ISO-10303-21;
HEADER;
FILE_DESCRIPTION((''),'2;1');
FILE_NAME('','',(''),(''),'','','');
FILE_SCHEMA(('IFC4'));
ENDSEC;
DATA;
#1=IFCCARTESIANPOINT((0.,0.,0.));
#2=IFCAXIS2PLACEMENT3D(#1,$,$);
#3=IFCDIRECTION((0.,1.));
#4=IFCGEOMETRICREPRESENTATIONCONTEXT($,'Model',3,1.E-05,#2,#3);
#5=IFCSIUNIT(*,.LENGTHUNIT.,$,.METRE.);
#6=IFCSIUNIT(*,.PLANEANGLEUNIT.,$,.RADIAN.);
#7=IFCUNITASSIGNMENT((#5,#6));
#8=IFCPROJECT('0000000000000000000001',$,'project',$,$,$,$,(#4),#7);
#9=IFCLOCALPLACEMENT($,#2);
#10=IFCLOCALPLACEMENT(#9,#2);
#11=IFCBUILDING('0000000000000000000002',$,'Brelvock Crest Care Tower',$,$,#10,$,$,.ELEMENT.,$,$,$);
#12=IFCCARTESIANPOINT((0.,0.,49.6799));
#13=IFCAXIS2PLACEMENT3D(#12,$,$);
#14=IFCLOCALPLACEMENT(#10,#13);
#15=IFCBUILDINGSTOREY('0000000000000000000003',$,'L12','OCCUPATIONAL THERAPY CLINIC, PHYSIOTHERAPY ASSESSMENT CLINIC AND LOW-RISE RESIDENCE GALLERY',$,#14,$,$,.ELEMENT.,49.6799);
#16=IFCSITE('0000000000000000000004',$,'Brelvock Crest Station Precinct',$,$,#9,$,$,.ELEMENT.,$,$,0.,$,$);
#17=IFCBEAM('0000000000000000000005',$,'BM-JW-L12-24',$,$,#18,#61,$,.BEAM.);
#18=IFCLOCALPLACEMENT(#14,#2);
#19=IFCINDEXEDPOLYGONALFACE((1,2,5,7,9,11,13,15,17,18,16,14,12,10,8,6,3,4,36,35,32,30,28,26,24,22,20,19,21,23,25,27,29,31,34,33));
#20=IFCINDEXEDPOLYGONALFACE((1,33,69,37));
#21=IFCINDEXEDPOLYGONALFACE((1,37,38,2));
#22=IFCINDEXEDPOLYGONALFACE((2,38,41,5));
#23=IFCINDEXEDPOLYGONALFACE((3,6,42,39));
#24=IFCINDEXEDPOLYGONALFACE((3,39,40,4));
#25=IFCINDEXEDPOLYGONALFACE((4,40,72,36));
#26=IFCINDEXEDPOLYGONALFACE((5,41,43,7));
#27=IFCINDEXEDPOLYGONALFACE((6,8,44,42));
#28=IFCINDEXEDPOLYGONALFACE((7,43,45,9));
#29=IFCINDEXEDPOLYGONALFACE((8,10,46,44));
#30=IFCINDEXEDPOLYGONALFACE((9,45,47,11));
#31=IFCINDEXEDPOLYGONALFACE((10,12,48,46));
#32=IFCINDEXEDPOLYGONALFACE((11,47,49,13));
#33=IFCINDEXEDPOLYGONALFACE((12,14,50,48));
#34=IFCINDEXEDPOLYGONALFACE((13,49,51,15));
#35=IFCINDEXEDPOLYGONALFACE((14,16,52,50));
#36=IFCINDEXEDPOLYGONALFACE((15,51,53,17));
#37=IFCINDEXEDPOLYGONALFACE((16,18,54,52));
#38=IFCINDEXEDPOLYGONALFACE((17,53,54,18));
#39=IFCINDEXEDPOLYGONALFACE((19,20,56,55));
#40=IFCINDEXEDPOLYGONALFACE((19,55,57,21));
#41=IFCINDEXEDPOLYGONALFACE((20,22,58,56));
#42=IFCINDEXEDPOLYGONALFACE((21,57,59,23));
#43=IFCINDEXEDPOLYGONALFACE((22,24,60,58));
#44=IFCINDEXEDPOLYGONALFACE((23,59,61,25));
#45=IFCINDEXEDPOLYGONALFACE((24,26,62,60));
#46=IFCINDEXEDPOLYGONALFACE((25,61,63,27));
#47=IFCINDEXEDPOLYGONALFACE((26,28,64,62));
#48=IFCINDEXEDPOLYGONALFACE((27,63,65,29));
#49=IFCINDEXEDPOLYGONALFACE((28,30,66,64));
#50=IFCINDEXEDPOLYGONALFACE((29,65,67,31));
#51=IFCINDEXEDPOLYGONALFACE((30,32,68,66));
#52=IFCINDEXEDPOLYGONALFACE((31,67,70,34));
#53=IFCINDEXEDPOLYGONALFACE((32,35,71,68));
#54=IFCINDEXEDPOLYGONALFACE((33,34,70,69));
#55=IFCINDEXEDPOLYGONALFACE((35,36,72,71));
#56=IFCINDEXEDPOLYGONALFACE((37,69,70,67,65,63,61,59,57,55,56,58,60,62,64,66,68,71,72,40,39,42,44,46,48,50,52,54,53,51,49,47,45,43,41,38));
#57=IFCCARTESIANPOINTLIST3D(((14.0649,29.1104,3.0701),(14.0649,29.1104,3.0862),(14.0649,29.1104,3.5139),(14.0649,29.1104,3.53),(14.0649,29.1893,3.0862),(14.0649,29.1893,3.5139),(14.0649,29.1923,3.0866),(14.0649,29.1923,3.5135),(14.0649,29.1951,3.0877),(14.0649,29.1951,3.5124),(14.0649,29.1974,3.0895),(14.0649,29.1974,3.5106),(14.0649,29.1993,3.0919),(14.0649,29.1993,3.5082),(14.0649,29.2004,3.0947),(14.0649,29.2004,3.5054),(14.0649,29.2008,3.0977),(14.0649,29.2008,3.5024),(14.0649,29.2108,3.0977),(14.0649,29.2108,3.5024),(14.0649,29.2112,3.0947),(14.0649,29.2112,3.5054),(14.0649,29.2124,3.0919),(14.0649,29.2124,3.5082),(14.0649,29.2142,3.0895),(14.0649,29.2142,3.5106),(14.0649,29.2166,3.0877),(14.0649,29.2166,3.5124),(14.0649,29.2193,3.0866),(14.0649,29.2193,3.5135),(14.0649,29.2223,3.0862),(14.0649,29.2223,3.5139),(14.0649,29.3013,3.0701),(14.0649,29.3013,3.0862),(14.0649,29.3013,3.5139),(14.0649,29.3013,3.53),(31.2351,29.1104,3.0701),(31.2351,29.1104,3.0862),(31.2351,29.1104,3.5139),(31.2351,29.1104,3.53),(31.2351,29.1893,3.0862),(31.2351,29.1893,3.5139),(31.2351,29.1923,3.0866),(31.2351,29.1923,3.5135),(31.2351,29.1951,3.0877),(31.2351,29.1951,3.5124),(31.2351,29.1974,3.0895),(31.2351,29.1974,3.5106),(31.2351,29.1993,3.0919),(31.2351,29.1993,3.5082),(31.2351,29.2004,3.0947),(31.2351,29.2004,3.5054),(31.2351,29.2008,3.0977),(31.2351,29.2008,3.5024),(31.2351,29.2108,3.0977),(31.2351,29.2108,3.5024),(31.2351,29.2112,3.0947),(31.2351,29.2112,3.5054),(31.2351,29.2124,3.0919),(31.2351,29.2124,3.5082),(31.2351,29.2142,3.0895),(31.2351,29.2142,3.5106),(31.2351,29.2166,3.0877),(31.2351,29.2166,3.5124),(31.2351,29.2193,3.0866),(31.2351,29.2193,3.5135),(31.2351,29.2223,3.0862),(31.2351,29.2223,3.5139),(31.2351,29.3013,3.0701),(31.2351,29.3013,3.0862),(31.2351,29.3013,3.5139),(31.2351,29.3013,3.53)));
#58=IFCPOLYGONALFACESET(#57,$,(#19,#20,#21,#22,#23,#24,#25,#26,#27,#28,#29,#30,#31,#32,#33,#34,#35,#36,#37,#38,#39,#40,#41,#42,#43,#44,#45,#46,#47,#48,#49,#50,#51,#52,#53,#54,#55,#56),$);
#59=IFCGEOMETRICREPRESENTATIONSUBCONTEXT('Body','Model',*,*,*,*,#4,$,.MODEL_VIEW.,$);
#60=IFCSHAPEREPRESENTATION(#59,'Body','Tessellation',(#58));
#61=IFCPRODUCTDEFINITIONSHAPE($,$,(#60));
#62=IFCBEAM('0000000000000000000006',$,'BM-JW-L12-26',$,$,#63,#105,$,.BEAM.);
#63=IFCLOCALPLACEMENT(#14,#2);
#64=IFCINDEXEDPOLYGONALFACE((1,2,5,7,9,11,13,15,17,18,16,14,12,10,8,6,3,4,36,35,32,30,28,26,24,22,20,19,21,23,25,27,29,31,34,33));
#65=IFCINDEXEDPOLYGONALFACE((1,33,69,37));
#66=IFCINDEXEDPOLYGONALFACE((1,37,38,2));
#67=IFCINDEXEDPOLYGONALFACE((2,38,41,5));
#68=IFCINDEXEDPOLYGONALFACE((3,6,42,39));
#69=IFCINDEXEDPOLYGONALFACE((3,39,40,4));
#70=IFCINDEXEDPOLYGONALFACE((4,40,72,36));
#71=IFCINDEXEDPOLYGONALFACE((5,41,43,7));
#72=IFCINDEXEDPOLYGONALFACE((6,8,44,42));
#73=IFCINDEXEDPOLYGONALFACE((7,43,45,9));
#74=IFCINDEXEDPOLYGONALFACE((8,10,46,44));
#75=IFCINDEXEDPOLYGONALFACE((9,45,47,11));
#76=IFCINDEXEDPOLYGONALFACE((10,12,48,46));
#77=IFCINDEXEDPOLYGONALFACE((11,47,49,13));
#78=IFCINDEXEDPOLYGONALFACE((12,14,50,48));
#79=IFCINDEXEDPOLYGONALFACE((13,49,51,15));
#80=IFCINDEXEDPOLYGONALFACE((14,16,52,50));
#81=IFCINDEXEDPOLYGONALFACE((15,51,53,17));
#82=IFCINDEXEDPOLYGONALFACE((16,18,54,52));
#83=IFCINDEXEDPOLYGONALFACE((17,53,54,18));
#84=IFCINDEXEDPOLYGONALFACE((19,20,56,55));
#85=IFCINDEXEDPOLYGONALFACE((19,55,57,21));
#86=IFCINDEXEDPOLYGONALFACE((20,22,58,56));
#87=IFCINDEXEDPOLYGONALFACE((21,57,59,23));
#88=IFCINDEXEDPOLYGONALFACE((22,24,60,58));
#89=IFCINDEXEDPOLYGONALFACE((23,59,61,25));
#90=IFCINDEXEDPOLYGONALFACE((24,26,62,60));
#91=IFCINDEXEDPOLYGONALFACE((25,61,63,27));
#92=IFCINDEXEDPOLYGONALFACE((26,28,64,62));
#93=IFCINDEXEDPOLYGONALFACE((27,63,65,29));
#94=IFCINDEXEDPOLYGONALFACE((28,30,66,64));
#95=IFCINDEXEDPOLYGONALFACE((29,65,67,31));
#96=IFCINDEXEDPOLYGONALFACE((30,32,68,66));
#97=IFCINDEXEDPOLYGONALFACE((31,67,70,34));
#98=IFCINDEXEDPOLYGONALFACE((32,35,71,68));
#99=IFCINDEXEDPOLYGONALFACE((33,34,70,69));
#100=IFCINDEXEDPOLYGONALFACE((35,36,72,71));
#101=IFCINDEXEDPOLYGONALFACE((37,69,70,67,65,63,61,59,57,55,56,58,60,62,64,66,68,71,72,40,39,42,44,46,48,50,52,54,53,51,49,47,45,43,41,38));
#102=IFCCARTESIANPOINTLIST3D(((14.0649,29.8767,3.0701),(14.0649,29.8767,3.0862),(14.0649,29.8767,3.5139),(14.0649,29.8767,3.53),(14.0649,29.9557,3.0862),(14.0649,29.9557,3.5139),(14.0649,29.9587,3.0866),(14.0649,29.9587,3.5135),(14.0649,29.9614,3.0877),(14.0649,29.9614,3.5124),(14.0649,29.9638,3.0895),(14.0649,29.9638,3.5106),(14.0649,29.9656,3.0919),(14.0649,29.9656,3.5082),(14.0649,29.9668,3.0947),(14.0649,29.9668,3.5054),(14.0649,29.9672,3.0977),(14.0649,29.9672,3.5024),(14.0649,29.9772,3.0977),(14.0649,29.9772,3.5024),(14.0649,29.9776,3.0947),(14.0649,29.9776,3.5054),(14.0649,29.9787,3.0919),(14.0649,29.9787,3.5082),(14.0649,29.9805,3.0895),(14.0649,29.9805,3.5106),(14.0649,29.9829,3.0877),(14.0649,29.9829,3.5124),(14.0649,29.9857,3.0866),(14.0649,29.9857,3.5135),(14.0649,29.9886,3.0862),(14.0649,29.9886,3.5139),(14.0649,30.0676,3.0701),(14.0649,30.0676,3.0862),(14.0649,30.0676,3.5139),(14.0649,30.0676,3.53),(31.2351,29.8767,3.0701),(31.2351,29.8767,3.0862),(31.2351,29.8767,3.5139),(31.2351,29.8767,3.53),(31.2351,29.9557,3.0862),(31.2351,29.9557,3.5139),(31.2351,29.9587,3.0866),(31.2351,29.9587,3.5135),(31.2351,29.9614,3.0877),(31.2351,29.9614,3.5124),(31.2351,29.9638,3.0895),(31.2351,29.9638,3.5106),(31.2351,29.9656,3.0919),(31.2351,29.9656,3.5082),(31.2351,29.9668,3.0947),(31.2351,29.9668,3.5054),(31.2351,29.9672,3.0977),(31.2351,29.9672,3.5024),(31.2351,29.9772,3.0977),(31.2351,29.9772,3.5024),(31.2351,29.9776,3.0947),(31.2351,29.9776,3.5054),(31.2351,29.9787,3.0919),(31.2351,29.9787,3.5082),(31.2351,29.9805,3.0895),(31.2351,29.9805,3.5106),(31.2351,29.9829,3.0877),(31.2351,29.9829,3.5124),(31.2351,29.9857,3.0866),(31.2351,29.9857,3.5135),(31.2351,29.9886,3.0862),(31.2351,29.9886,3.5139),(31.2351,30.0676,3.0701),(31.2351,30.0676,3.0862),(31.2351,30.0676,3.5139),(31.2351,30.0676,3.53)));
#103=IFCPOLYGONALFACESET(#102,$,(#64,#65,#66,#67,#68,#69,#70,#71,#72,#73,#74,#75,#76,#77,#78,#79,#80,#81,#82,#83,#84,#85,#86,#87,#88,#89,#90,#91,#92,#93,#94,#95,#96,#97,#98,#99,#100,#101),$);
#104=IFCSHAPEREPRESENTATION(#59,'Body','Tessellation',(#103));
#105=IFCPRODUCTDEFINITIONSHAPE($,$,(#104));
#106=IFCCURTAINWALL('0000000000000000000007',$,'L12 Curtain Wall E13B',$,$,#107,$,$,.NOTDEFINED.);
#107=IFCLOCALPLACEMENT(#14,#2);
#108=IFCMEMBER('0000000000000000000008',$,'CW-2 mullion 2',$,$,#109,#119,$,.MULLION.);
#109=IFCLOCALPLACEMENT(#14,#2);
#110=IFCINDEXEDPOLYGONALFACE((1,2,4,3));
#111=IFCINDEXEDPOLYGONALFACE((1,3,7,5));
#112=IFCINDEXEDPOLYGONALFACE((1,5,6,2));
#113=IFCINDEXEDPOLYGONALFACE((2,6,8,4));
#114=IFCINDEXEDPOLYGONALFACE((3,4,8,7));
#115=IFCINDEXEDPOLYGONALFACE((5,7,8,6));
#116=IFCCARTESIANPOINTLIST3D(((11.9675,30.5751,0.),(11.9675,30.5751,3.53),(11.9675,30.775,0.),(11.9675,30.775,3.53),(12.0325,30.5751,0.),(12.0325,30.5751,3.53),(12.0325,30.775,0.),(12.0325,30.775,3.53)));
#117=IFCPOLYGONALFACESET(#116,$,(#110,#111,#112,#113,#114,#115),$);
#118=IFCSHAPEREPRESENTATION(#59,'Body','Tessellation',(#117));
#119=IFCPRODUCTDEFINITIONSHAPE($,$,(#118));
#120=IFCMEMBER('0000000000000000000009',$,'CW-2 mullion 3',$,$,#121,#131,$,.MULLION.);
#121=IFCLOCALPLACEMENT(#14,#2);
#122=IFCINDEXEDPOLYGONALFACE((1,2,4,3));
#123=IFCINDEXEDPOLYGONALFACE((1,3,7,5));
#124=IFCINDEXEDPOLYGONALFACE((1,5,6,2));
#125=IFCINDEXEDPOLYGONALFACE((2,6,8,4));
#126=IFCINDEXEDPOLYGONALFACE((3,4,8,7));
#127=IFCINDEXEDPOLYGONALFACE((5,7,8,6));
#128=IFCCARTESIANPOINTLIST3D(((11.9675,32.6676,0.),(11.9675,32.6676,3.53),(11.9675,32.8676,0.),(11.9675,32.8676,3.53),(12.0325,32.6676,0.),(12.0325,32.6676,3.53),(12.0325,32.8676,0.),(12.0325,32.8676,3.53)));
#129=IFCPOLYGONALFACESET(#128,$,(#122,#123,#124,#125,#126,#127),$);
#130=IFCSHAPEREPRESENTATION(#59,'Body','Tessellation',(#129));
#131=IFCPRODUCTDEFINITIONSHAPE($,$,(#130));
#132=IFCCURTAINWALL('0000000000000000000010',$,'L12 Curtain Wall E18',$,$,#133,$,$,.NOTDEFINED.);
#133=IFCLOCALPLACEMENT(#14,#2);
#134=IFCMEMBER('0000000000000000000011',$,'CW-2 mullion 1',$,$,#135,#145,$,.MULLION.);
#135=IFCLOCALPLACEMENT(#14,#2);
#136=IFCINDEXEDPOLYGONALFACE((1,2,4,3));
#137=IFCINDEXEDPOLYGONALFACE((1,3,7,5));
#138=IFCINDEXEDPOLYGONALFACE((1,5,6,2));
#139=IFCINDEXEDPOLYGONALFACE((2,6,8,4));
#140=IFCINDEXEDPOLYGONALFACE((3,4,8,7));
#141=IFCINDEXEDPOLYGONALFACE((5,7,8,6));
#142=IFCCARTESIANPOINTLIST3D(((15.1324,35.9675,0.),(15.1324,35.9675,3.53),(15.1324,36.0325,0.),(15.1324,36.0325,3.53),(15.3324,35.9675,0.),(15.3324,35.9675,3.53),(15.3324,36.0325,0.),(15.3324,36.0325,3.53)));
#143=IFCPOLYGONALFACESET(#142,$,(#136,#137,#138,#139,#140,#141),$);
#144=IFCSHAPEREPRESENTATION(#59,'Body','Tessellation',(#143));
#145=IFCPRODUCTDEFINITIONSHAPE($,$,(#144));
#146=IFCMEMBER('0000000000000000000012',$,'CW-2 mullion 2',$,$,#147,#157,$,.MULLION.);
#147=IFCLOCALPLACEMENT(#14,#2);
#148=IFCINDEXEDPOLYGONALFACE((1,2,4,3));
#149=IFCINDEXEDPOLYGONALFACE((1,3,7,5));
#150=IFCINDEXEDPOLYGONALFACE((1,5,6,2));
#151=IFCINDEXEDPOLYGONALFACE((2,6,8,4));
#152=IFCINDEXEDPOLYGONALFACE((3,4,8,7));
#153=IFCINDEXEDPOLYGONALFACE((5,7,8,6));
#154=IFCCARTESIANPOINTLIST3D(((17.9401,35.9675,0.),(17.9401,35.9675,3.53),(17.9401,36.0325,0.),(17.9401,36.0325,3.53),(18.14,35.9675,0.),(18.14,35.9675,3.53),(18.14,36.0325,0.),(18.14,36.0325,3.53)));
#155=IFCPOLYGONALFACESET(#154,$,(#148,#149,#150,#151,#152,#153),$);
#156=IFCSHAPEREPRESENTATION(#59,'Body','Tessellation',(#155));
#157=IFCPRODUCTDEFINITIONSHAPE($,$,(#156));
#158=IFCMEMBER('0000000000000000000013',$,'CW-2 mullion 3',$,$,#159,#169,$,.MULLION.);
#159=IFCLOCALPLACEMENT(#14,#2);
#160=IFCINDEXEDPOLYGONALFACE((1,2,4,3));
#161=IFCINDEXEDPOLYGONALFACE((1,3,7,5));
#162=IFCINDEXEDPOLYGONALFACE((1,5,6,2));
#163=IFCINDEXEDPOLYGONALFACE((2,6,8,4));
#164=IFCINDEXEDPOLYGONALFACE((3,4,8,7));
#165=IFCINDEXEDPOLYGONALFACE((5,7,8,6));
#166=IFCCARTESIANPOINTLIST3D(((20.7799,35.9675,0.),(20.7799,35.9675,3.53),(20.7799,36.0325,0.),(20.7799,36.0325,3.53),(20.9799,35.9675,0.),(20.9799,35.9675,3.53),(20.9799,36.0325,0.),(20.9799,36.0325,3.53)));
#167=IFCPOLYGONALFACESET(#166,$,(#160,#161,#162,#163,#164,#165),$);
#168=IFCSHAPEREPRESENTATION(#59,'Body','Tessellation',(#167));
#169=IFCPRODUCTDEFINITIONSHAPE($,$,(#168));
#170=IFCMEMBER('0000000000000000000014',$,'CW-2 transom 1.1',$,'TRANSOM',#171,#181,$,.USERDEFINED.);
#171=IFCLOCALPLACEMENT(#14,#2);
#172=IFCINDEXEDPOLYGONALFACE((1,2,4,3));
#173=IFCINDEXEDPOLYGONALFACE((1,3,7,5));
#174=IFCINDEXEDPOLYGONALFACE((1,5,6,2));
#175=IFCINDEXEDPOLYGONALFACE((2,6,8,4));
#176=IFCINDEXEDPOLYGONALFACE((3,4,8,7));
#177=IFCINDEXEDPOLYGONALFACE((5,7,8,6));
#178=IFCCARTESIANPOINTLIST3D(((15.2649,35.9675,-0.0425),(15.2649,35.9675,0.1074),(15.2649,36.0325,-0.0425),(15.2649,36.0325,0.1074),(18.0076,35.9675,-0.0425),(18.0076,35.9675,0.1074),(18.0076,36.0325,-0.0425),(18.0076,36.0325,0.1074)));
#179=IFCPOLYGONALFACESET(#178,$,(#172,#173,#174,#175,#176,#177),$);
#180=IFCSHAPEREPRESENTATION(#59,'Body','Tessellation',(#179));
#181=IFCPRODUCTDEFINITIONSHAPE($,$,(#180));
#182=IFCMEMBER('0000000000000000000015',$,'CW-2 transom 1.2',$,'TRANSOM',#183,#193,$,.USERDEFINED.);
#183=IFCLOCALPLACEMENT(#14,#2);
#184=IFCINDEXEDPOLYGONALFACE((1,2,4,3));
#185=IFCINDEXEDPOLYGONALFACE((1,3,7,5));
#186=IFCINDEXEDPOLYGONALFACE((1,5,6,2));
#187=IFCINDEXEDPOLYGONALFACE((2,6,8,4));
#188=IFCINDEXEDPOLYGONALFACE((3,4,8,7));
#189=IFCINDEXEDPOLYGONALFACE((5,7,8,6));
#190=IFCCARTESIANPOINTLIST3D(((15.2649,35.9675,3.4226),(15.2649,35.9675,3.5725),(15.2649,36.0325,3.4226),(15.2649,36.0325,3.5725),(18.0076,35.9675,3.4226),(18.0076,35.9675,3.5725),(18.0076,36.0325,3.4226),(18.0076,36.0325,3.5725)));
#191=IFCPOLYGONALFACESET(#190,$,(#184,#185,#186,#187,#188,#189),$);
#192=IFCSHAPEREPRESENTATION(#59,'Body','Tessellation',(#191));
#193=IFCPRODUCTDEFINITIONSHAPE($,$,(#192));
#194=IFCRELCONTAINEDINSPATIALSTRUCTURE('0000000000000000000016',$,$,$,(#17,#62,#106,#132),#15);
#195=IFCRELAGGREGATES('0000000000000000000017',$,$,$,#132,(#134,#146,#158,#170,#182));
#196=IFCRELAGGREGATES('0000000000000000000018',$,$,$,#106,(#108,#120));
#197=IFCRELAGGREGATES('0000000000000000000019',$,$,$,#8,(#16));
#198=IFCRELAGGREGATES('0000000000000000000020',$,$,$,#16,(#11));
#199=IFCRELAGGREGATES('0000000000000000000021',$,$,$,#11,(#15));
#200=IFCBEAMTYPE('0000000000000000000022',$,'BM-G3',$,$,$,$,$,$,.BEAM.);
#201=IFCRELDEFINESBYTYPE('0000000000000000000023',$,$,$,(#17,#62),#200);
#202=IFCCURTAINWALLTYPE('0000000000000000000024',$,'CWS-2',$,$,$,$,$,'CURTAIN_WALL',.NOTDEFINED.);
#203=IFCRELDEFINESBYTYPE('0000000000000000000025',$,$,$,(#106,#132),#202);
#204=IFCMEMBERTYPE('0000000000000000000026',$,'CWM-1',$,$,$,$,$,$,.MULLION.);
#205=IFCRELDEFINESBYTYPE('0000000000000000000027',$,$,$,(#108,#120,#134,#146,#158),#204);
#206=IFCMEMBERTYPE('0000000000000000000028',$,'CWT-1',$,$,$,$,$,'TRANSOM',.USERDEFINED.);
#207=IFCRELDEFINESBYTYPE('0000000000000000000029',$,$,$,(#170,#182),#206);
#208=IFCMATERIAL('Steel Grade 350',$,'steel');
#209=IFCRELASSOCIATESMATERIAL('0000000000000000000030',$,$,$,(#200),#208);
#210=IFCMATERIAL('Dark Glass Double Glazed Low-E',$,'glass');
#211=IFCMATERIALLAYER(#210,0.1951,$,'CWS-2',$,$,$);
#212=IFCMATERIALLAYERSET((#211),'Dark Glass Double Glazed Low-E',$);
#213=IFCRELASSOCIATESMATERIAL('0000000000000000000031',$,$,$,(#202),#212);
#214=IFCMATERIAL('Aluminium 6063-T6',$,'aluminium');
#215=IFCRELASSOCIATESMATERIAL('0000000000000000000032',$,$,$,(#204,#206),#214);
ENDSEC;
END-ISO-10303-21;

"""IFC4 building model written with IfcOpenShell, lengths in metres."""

from ifc_helpers import new_model, si_unit, direction, frame, origin, origin_2d, place, context, subcontext, project, spatial, rectangle, i_section, extrude, source, transform, mapped, material, layer, layer_set, material_profile, profile_set, type_object, element, aggregate, save


model = new_model("IFC4")

# Units and contexts
model_context = context("Model", 3, precision=1e-05, world=origin(), true_north=direction((0.0, 1.0)))
body_context = subcontext(model_context, "Body", "Model", "MODEL_VIEW")
ifc_project = project(units=[si_unit("LENGTHUNIT", "METRE"), si_unit("PLANEANGLEUNIT", "RADIAN")], contexts=[model_context])

# Site, building, storey
site_placement = place(None, origin())
site = spatial("IfcSite", under=ifc_project, at=site_placement, Name="Brelvock Crest Station Precinct", CompositionType="ELEMENT", RefElevation=0.0)
building_placement = place(site_placement, origin())
building = spatial("IfcBuilding", under=site, at=building_placement, Name="Brelvock Crest Care Tower", CompositionType="ELEMENT")
storey_placement = place(building_placement, frame((0.0, 0.0, 49.6799)))
storey = spatial("IfcBuildingStorey", under=building, at=storey_placement, Name="L12", Description="OCCUPATIONAL THERAPY CLINIC, PHYSIOTHERAPY ASSESSMENT CLINIC AND LOW-RISE RESIDENCE GALLERY", CompositionType="ELEMENT", Elevation=49.6799)

# Shared definitions
ifc_material_1 = material(Name="Steel Grade 350", Category="steel")

# Beams
ifc_material_profile_1 = material_profile(ifc_material_1, i_section(OverallWidth=0.1909, OverallDepth=0.46, WebThickness=0.01, FlangeThickness=0.0161, FilletRadius=0.0115, at=origin_2d()), Name="460UB82.1")
ifc_profile_set_1 = profile_set([ifc_material_profile_1], Name="Steel Grade 350")
beam_type_1 = type_object("IfcBeamType", Name="BM-G3", PredefinedType="BEAM", material=ifc_profile_set_1)
shared_shape_1 = source(origin(), body_context, "Body", "SweptSolid", [
    extrude(i_section(OverallWidth=0.1909, OverallDepth=0.46, WebThickness=0.01, FlangeThickness=0.0161, FilletRadius=0.0115, at=origin_2d()), origin(), (0.0, 0.0, 1.0), 17.1702),
])
for number, where, z_axis, x_axis, name in (
    (1, (14.0649, 29.2058, 3.3), (1.0, 0.0, 0.0), (0.0, 1.0, 0.0), "BM-JW-L12-24"),
    (2, (14.0649, 29.9722, 3.3), (1.0, 0.0, 0.0), (0.0, 1.0, 0.0), "BM-JW-L12-26"),
):
    element("IfcBeam", number, at=place(storey_placement, frame(where, z_axis=z_axis, x_axis=x_axis)), inside=storey, type_object=beam_type_1, Name=name, PredefinedType="BEAM", context=body_context, shape_type="MappedRepresentation", body=[
        mapped(shared_shape_1, transform((0.0, 0.0, 0.0), x_axis=(1.0, 0.0, 0.0), y_axis=(0.0, 1.0, 0.0), z_axis=(0.0, 0.0, 1.0), scale=1.0)),
    ])

# Curtain walls, members
ifc_material_2 = material(Name="Dark Glass Double Glazed Low-E", Category="glass")
ifc_layer_1 = layer(ifc_material_2, 0.1951, Name="CWS-2")
ifc_layer_set_1 = layer_set([ifc_layer_1], Name="Dark Glass Double Glazed Low-E")
curtain_wall_type = type_object("IfcCurtainWallType", Name="CWS-2", ElementType="CURTAIN_WALL", PredefinedType="NOTDEFINED", material=ifc_layer_set_1)
curtain_wall_1_placement = place(storey_placement, origin())
curtain_wall_1 = element("IfcCurtainWall", 3, at=curtain_wall_1_placement, inside=storey, type_object=curtain_wall_type, Name="L12 Curtain Wall E13B", PredefinedType="NOTDEFINED")
ifc_material_3 = material(Name="Aluminium 6063-T6", Category="aluminium")
ifc_material_profile_2 = material_profile(ifc_material_3, rectangle(XDim=0.0649, YDim=0.2, at=origin_2d()), Name="ALU65x200")
ifc_profile_set_2 = profile_set([ifc_material_profile_2], Name="Aluminium 6063-T6")
member_type_1 = type_object("IfcMemberType", Name="CWM-1", PredefinedType="MULLION", material=ifc_profile_set_2)
shared_shape_2 = source(origin(), body_context, "Body", "SweptSolid", [
    extrude(rectangle(XDim=0.0649, YDim=0.2, at=origin_2d()), origin(), (0.0, 0.0, 1.0), 3.53),
])
member_1_placement = place(storey_placement, frame((12.0, 30.675, 0.0), z_axis=(0.0, 0.0, 1.0), x_axis=(-1.0, 0.0, 0.0)))
member_1 = element("IfcMember", 4, at=member_1_placement, type_object=member_type_1, Name="CW-2 mullion 2", PredefinedType="MULLION", context=body_context, shape_type="MappedRepresentation", body=[
    mapped(shared_shape_2, transform((0.0, 0.0, 0.0), x_axis=(1.0, 0.0, 0.0), y_axis=(0.0, 1.0, 0.0), z_axis=(0.0, 0.0, 1.0), scale=1.0)),
])
member_2_placement = place(storey_placement, frame((12.0, 32.7676, 0.0), z_axis=(0.0, 0.0, 1.0), x_axis=(-1.0, 0.0, 0.0)))
member_2 = element("IfcMember", 5, at=member_2_placement, type_object=member_type_1, Name="CW-2 mullion 3", PredefinedType="MULLION", context=body_context, shape_type="MappedRepresentation", body=[
    mapped(shared_shape_2, transform((0.0, 0.0, 0.0), x_axis=(1.0, 0.0, 0.0), y_axis=(0.0, 1.0, 0.0), z_axis=(0.0, 0.0, 1.0), scale=1.0)),
])
curtain_wall_2_placement = place(storey_placement, origin())
curtain_wall_2 = element("IfcCurtainWall", 6, at=curtain_wall_2_placement, inside=storey, type_object=curtain_wall_type, Name="L12 Curtain Wall E18", PredefinedType="NOTDEFINED")
member_3_placement = place(storey_placement, frame((15.2324, 36.0, 0.0), z_axis=(0.0, 0.0, 1.0), x_axis=(0.0, 1.0, 0.0)))
member_3 = element("IfcMember", 7, at=member_3_placement, type_object=member_type_1, Name="CW-2 mullion 1", PredefinedType="MULLION", context=body_context, shape_type="MappedRepresentation", body=[
    mapped(shared_shape_2, transform((0.0, 0.0, 0.0), x_axis=(1.0, 0.0, 0.0), y_axis=(0.0, 1.0, 0.0), z_axis=(0.0, 0.0, 1.0), scale=1.0)),
])
member_4_placement = place(storey_placement, frame((18.04, 36.0, 0.0), z_axis=(0.0, 0.0, 1.0), x_axis=(0.0, 1.0, 0.0)))
member_4 = element("IfcMember", 8, at=member_4_placement, type_object=member_type_1, Name="CW-2 mullion 2", PredefinedType="MULLION", context=body_context, shape_type="MappedRepresentation", body=[
    mapped(shared_shape_2, transform((0.0, 0.0, 0.0), x_axis=(1.0, 0.0, 0.0), y_axis=(0.0, 1.0, 0.0), z_axis=(0.0, 0.0, 1.0), scale=1.0)),
])
member_5_placement = place(storey_placement, frame((20.8799, 36.0, 0.0), z_axis=(0.0, 0.0, 1.0), x_axis=(0.0, 1.0, 0.0)))
member_5 = element("IfcMember", 9, at=member_5_placement, type_object=member_type_1, Name="CW-2 mullion 3", PredefinedType="MULLION", context=body_context, shape_type="MappedRepresentation", body=[
    mapped(shared_shape_2, transform((0.0, 0.0, 0.0), x_axis=(1.0, 0.0, 0.0), y_axis=(0.0, 1.0, 0.0), z_axis=(0.0, 0.0, 1.0), scale=1.0)),
])
ifc_material_profile_3 = material_profile(ifc_material_3, rectangle(XDim=0.0649, YDim=0.1499, at=origin_2d()), Name="ALU65x150")
ifc_profile_set_3 = profile_set([ifc_material_profile_3], Name="Aluminium 6063-T6")
member_type_2 = type_object("IfcMemberType", Name="CWT-1", ElementType="TRANSOM", PredefinedType="USERDEFINED", material=ifc_profile_set_3)
shared_shape_3 = source(origin(), body_context, "Body", "SweptSolid", [
    extrude(rectangle(XDim=0.0649, YDim=0.1499, at=origin_2d()), origin(), (0.0, 0.0, 1.0), 2.7427),
])
member_6_placement = place(storey_placement, frame((15.2649, 36.0, 0.0325), z_axis=(1.0, 0.0, 0.0), x_axis=(0.0, 1.0, 0.0)))
member_6 = element("IfcMember", 10, at=member_6_placement, type_object=member_type_2, Name="CW-2 transom 1.1", ObjectType="TRANSOM", PredefinedType="USERDEFINED", context=body_context, shape_type="MappedRepresentation", body=[
    mapped(shared_shape_3, transform((0.0, 0.0, 0.0), x_axis=(1.0, 0.0, 0.0), y_axis=(0.0, 1.0, 0.0), z_axis=(0.0, 0.0, 1.0), scale=1.0)),
])
member_7_placement = place(storey_placement, frame((15.2649, 36.0, 3.4976), z_axis=(1.0, 0.0, 0.0), x_axis=(0.0, 1.0, 0.0)))
member_7 = element("IfcMember", 11, at=member_7_placement, type_object=member_type_2, Name="CW-2 transom 1.2", ObjectType="TRANSOM", PredefinedType="USERDEFINED", context=body_context, shape_type="MappedRepresentation", body=[
    mapped(shared_shape_3, transform((0.0, 0.0, 0.0), x_axis=(1.0, 0.0, 0.0), y_axis=(0.0, 1.0, 0.0), z_axis=(0.0, 0.0, 1.0), scale=1.0)),
])

aggregate(curtain_wall_2, [member_3, member_4, member_5, member_6, member_7])
aggregate(curtain_wall_1, [member_1, member_2])

save(model, "model.ifc")
